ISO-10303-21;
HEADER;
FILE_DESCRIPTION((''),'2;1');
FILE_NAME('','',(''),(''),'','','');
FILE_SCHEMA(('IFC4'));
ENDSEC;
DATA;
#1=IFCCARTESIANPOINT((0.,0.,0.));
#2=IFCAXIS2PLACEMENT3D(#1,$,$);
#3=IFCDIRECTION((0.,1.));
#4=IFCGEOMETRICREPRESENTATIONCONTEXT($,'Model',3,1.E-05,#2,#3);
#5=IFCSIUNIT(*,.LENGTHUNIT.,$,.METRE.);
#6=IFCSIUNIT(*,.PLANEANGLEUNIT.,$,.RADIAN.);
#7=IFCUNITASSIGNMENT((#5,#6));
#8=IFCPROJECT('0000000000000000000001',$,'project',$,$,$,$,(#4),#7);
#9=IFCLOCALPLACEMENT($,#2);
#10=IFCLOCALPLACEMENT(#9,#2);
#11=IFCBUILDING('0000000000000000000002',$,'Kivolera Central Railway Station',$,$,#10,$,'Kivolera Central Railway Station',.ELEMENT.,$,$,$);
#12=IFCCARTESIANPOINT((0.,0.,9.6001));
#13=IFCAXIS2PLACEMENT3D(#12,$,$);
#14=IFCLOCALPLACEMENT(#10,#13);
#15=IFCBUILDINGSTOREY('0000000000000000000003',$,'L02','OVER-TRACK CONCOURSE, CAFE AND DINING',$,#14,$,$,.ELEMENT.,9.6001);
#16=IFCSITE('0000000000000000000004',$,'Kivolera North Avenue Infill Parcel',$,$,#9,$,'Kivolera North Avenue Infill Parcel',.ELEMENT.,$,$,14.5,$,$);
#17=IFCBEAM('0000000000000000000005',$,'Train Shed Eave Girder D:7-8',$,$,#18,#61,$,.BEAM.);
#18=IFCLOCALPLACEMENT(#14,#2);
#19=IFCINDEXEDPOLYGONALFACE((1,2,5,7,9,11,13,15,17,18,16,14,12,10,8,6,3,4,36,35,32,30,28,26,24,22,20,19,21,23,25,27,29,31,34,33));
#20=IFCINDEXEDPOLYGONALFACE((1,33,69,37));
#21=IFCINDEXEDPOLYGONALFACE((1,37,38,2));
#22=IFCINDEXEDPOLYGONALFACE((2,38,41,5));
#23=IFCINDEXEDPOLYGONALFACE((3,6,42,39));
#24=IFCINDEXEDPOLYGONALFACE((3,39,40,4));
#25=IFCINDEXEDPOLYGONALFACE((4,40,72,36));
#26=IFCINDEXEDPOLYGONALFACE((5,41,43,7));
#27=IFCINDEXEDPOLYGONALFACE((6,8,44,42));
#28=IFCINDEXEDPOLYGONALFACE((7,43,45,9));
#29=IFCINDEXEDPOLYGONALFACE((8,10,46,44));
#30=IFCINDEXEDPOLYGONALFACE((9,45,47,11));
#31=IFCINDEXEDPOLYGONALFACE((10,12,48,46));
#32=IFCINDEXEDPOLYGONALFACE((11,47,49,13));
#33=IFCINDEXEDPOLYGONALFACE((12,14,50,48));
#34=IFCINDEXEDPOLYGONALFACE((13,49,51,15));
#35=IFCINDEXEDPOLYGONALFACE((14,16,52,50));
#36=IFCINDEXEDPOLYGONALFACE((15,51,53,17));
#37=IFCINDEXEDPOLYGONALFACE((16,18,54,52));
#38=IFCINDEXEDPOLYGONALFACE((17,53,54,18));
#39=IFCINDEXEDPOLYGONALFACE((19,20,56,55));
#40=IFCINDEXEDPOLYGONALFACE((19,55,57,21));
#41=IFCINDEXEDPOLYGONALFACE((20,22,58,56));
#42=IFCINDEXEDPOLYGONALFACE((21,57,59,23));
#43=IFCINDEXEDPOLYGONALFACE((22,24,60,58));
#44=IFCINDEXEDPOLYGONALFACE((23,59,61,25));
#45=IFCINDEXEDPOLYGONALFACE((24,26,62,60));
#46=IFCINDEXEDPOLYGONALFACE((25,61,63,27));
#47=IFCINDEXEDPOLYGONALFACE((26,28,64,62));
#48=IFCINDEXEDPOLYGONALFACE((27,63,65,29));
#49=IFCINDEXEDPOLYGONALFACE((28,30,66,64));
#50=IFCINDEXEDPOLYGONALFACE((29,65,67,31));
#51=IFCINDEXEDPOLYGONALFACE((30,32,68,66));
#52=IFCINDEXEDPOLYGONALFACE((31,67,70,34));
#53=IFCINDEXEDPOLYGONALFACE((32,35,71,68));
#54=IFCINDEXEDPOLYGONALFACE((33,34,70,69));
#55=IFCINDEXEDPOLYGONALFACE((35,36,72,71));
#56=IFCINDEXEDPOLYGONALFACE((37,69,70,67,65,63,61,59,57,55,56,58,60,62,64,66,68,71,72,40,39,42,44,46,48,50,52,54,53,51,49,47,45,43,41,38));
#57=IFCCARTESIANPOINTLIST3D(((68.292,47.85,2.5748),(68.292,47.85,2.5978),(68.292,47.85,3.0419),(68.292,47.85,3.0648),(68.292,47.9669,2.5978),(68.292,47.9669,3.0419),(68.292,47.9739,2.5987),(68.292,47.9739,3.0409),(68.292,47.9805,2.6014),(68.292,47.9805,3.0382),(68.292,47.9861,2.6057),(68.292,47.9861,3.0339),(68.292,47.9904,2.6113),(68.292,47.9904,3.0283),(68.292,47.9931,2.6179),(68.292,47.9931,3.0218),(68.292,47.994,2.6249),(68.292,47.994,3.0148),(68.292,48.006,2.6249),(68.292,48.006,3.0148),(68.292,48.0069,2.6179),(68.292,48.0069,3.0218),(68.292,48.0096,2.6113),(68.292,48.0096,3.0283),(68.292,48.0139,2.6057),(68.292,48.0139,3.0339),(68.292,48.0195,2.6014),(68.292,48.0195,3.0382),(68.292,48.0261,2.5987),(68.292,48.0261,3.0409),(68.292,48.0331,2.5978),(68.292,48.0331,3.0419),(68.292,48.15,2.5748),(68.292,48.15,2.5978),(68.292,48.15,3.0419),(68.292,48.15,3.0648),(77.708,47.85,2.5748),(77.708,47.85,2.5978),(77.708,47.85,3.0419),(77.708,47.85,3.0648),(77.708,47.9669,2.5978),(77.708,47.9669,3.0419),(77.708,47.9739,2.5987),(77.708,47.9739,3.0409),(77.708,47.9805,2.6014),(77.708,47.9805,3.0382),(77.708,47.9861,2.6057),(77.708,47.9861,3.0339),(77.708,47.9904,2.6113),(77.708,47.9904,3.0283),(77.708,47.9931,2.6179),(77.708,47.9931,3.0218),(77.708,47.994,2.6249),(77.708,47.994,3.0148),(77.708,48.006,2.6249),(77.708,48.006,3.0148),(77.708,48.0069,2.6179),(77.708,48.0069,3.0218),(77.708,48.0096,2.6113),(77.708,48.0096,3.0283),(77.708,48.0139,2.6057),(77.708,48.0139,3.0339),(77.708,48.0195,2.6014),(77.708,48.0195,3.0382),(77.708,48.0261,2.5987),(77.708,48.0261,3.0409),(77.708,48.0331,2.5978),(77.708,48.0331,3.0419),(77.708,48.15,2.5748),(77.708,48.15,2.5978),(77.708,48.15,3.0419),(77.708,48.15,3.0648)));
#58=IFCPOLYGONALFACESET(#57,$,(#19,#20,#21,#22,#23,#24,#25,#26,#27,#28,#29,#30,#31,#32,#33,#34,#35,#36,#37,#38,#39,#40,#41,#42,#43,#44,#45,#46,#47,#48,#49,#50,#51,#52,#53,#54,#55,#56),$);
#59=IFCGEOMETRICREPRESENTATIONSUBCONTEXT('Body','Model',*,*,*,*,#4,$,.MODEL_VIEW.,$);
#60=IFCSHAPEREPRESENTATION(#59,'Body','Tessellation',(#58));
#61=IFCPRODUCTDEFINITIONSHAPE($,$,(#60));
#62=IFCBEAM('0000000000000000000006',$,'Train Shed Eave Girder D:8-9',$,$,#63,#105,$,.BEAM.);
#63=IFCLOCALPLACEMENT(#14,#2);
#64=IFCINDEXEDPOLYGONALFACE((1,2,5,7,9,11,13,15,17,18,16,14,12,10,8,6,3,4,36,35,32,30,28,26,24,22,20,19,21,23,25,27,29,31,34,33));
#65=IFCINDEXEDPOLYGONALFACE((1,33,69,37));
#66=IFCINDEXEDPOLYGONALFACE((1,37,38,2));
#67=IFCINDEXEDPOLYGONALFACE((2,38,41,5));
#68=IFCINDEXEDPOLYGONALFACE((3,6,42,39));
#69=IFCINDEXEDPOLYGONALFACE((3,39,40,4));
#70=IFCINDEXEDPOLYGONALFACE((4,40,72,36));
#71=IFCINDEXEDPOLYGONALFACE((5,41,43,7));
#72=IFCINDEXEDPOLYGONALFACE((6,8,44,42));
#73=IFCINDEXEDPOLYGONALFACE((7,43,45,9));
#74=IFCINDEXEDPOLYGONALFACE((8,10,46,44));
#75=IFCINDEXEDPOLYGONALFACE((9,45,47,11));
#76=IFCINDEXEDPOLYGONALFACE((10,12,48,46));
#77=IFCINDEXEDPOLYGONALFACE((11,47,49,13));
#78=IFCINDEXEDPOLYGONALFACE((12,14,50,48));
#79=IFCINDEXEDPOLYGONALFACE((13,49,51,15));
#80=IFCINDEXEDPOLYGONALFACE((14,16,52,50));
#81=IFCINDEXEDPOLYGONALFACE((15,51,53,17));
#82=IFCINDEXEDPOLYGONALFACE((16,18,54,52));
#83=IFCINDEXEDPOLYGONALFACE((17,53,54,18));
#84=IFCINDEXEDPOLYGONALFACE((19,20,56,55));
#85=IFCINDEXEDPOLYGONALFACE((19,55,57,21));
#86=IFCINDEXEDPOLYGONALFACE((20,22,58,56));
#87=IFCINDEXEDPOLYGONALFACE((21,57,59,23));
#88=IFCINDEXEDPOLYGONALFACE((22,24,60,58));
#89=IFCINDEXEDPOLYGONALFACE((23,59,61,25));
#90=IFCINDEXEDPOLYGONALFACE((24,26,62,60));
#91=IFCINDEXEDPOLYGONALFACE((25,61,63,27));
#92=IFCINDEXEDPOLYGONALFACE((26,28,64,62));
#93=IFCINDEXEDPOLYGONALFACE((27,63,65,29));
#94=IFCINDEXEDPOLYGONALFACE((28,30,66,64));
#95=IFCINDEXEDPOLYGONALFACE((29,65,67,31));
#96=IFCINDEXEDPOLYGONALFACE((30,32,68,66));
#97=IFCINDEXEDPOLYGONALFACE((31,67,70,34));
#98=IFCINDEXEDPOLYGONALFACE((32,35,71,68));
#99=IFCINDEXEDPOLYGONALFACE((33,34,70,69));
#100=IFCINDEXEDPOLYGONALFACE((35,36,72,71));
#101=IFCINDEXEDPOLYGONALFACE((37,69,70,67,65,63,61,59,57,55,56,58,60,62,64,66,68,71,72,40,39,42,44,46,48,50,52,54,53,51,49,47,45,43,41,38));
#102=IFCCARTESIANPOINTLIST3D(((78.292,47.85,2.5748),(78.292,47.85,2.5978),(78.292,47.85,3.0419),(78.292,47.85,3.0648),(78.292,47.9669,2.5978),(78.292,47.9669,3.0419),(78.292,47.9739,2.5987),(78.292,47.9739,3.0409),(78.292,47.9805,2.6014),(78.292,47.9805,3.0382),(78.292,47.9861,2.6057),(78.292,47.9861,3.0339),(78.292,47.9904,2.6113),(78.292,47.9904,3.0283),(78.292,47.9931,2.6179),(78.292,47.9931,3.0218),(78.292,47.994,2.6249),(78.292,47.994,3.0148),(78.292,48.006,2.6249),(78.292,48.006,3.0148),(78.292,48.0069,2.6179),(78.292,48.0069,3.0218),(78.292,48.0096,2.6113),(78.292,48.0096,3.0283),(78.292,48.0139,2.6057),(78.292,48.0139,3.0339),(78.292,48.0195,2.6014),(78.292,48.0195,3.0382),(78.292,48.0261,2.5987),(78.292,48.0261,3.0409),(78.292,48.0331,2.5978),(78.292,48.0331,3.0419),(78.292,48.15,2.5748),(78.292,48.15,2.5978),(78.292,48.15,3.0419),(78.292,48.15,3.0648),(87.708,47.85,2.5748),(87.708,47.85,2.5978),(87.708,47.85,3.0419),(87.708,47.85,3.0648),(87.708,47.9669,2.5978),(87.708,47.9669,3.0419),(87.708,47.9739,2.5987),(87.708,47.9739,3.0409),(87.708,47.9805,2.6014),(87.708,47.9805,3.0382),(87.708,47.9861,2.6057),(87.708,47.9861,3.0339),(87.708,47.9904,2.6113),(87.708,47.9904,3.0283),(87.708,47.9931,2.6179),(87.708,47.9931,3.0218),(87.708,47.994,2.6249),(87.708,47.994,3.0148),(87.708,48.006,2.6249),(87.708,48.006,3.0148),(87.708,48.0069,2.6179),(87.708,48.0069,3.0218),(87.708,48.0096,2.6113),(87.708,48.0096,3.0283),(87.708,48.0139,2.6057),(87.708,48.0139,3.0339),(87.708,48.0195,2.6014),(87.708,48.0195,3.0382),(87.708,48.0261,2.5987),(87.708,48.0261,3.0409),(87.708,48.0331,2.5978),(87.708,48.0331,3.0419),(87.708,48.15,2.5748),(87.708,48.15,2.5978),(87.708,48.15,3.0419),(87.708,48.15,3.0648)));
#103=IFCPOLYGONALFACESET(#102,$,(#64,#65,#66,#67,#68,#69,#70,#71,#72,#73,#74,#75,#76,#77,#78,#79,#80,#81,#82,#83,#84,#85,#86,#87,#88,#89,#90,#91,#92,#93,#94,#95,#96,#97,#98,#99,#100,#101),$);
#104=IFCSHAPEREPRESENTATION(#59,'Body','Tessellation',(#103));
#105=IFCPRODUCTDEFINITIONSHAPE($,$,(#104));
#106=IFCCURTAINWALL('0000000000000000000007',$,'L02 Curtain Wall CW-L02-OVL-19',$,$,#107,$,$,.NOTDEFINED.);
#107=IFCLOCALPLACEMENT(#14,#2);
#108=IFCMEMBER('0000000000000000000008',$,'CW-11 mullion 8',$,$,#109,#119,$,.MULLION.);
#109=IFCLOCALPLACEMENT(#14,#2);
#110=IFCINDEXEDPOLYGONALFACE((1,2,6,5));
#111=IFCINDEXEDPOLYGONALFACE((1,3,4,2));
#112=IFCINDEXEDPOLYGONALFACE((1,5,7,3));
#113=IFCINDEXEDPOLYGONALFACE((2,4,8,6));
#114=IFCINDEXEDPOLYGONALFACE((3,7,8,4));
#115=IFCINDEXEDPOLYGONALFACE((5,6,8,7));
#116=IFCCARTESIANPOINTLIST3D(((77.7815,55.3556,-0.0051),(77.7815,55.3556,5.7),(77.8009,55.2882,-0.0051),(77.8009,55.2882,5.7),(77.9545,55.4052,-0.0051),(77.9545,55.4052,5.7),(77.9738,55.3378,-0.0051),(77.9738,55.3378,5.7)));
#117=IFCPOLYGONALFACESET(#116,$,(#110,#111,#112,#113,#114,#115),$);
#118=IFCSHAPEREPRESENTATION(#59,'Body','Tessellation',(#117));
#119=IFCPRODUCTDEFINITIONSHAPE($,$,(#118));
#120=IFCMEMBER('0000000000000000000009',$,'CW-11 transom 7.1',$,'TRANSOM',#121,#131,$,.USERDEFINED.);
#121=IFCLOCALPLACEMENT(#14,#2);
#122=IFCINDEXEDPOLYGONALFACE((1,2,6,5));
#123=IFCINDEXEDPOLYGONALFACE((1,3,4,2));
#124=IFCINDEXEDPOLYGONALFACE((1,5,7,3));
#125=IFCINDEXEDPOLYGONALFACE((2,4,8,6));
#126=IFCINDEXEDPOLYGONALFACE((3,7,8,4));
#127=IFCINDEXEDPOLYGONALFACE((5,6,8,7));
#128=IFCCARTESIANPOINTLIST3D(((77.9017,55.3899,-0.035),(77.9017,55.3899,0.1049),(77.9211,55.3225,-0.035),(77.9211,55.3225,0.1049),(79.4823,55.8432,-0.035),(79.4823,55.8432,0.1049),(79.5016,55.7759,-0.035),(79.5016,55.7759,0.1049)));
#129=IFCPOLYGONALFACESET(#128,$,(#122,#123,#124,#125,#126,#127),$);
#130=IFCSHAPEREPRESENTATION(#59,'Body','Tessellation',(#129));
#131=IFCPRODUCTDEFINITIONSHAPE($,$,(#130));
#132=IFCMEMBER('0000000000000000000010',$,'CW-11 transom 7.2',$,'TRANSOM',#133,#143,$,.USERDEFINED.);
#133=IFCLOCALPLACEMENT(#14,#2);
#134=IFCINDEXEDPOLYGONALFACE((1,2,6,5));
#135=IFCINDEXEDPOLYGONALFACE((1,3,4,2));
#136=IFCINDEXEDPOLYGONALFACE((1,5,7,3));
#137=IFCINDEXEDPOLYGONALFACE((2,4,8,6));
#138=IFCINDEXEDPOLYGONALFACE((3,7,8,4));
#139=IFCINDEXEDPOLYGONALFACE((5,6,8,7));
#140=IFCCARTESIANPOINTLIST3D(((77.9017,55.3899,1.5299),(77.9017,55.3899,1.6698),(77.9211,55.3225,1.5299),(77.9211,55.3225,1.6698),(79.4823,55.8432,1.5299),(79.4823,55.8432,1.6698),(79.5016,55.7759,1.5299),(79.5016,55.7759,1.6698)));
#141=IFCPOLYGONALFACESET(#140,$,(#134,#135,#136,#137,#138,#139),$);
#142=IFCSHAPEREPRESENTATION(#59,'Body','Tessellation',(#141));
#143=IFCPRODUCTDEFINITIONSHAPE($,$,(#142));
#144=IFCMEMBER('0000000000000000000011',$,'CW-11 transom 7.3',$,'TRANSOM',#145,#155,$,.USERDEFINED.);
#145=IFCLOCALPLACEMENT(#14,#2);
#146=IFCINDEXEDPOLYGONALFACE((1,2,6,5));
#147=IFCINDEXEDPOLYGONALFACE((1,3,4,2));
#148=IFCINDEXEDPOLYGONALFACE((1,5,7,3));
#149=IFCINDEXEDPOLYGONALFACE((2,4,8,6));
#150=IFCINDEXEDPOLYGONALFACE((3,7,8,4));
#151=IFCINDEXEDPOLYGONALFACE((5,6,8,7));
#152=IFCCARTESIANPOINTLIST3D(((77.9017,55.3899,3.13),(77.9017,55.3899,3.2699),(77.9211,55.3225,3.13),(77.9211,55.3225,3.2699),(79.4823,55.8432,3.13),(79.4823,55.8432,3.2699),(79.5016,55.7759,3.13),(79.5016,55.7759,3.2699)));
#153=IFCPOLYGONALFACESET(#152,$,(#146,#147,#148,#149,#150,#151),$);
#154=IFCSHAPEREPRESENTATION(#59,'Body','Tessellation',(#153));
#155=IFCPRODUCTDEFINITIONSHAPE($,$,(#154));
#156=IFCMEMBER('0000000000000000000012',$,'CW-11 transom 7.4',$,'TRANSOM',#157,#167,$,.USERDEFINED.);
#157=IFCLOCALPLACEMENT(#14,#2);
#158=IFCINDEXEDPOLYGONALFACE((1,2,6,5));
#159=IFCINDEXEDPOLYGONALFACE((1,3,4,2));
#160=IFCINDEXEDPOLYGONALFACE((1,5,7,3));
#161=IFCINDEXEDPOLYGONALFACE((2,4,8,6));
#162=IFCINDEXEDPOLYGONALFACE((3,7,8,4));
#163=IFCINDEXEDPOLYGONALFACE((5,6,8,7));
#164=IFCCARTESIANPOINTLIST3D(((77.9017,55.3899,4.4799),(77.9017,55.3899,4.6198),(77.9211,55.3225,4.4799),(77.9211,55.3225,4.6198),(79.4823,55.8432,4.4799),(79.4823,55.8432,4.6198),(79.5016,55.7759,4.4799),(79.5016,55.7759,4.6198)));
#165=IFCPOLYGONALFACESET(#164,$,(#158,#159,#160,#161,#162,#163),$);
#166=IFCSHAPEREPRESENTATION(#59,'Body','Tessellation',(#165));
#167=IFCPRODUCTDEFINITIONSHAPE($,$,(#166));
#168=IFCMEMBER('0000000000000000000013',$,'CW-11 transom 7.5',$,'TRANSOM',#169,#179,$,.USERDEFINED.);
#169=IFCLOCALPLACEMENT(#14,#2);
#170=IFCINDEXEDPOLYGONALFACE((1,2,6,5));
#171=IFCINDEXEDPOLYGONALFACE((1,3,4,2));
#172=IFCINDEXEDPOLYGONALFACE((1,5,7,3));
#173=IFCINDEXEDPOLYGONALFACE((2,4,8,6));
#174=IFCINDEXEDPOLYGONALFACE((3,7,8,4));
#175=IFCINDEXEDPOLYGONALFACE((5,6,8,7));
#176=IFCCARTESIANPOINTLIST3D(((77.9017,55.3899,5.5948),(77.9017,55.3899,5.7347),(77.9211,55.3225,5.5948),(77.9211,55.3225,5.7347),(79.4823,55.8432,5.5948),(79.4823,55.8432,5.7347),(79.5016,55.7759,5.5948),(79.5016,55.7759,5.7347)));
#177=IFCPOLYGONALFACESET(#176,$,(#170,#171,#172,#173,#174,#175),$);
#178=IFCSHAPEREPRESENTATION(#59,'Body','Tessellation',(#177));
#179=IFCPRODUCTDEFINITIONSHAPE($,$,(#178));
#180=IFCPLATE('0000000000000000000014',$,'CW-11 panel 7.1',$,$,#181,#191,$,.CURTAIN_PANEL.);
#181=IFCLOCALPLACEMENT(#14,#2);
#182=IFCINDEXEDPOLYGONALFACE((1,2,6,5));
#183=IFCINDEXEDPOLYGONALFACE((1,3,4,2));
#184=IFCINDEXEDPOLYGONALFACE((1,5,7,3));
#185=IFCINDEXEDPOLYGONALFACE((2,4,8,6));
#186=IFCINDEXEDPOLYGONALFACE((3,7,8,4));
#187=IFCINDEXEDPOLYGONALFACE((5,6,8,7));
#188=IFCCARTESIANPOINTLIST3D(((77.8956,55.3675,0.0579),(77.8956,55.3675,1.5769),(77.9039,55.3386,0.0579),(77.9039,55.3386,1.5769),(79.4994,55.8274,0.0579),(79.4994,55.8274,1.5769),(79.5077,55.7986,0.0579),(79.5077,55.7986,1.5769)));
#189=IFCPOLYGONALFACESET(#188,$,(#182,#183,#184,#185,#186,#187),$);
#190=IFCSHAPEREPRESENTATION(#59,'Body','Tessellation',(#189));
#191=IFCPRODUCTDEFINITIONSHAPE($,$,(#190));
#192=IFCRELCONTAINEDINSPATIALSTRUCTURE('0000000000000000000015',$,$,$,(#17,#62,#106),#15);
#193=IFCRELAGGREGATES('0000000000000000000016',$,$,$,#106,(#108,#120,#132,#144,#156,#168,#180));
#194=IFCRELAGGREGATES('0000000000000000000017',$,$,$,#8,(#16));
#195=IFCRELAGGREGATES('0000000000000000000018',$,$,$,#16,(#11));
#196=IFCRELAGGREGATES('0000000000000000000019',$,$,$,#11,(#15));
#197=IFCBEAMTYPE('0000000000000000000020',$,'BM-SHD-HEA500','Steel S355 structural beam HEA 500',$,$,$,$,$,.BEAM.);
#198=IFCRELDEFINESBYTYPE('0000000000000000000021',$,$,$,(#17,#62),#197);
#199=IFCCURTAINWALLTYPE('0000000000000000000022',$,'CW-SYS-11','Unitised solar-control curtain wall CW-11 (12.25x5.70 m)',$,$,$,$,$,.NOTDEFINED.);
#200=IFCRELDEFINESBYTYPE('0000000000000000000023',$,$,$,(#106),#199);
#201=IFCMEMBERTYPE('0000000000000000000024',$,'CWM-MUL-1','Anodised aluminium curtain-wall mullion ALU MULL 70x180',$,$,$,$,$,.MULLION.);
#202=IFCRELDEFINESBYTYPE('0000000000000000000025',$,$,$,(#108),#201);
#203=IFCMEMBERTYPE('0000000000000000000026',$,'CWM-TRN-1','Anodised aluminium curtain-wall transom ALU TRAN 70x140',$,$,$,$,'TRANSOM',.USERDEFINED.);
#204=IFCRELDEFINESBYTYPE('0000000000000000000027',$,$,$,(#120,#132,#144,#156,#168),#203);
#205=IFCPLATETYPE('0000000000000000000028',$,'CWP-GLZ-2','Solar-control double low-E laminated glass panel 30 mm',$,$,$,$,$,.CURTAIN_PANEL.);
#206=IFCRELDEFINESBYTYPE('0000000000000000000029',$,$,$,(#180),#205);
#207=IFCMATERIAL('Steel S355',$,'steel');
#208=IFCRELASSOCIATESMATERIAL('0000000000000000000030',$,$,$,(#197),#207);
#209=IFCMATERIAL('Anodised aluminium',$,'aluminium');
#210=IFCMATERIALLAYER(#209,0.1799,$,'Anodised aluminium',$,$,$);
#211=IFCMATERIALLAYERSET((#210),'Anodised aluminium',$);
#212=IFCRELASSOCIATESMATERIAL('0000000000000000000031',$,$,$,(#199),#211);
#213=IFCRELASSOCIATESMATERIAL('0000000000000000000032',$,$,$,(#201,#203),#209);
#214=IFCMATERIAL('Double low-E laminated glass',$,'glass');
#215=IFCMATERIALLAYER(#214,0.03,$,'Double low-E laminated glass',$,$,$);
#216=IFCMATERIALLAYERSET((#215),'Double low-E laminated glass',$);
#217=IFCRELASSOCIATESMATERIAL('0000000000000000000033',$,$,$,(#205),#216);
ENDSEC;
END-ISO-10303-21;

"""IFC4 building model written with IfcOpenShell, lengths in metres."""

from ifc_helpers import new_model, si_unit, direction, frame, origin, origin_2d, place, context, subcontext, project, spatial, rectangle, i_section, extrude, material, layer, layer_set, material_profile, profile_set, type_object, element, aggregate, save


model = new_model("IFC4")

# Units and contexts
model_context = context("Model", 3, precision=1e-05, world=origin(), true_north=direction((0.0, 1.0)))
body_context = subcontext(model_context, "Body", "Model", "MODEL_VIEW")
ifc_project = project(units=[si_unit("LENGTHUNIT", "METRE"), si_unit("PLANEANGLEUNIT", "RADIAN")], contexts=[model_context])

# Site, building, storey
site_placement = place(None, origin())
site = spatial("IfcSite", under=ifc_project, at=site_placement, Name="Kivolera North Avenue Infill Parcel", LongName="Kivolera North Avenue Infill Parcel", CompositionType="ELEMENT", RefElevation=14.5)
building_placement = place(site_placement, origin())
building = spatial("IfcBuilding", under=site, at=building_placement, Name="Kivolera Central Railway Station", LongName="Kivolera Central Railway Station", CompositionType="ELEMENT")
storey_placement = place(building_placement, frame((0.0, 0.0, 9.6001)))
storey = spatial("IfcBuildingStorey", under=building, at=storey_placement, Name="L02", Description="OVER-TRACK CONCOURSE, CAFE AND DINING", CompositionType="ELEMENT", Elevation=9.6001)

# Shared definitions
ifc_material_1 = material(Name="Steel S355", Category="steel")

# Beams
ifc_material_profile_1 = material_profile(ifc_material_1, i_section(OverallWidth=0.3, OverallDepth=0.49, WebThickness=0.012, FlangeThickness=0.0229, FilletRadius=0.0271, at=origin_2d()), Name="HEA 500")
ifc_profile_set_1 = profile_set([ifc_material_profile_1], Name="Steel S355")
beam_type_1 = type_object("IfcBeamType", Name="BM-SHD-HEA500", Description="Steel S355 structural beam HEA 500", PredefinedType="BEAM", material=ifc_profile_set_1)
for number, where, z_axis, x_axis, name in (
    (1, (68.292, 48.0, 2.8198), (1.0, 0.0, 0.0), (0.0, 1.0, 0.0), "Train Shed Eave Girder D:7-8"),
    (2, (78.292, 48.0, 2.8198), (1.0, 0.0, 0.0), (0.0, 1.0, 0.0), "Train Shed Eave Girder D:8-9"),
):
    element("IfcBeam", number, at=place(storey_placement, frame(where, z_axis=z_axis, x_axis=x_axis)), inside=storey, type_object=beam_type_1, Name=name, PredefinedType="BEAM", context=body_context, shape_type="SweptSolid", body=[
        extrude(i_section(OverallWidth=0.3, OverallDepth=0.49, WebThickness=0.012, FlangeThickness=0.0229, FilletRadius=0.0271, at=origin_2d()), origin(), (0.0, 0.0, 1.0), 9.416),
    ])

# Curtain wall, members, plate
ifc_material_2 = material(Name="Anodised aluminium", Category="aluminium")
ifc_layer_1 = layer(ifc_material_2, 0.1799, Name="Anodised aluminium")
ifc_layer_set_1 = layer_set([ifc_layer_1], Name="Anodised aluminium")
curtain_wall_type = type_object("IfcCurtainWallType", Name="CW-SYS-11", Description="Unitised solar-control curtain wall CW-11 (12.25x5.70 m)", PredefinedType="NOTDEFINED", material=ifc_layer_set_1)
curtain_wall_placement = place(storey_placement, origin())
curtain_wall = element("IfcCurtainWall", 3, at=curtain_wall_placement, inside=storey, type_object=curtain_wall_type, Name="L02 Curtain Wall CW-L02-OVL-19", PredefinedType="NOTDEFINED")
ifc_material_profile_2 = material_profile(ifc_material_2, rectangle(XDim=0.0701, YDim=0.1799, at=origin_2d()), Name="ALU MULL 70x180")
ifc_profile_set_2 = profile_set([ifc_material_profile_2], Name="Anodised aluminium")
member_type_1 = type_object("IfcMemberType", Name="CWM-MUL-1", Description="Anodised aluminium curtain-wall mullion ALU MULL 70x180", PredefinedType="MULLION", material=ifc_profile_set_2)
member_1_placement = place(storey_placement, frame((77.8777, 55.3467, -0.0051), z_axis=(0.0, 0.0, 1.0), x_axis=(0.275692, -0.961246, 0.0)))
member_1 = element("IfcMember", 4, at=member_1_placement, type_object=member_type_1, Name="CW-11 mullion 8", PredefinedType="MULLION", context=body_context, shape_type="SweptSolid", body=[
    extrude(rectangle(XDim=0.0701, YDim=0.1799, at=origin_2d()), origin(), (0.0, 0.0, 1.0), 5.7051),
])
ifc_material_profile_3 = material_profile(ifc_material_2, rectangle(XDim=0.0701, YDim=0.1399, at=origin_2d()), Name="ALU TRAN 70x140")
ifc_profile_set_3 = profile_set([ifc_material_profile_3], Name="Anodised aluminium")
member_type_2 = type_object("IfcMemberType", Name="CWM-TRN-1", Description="Anodised aluminium curtain-wall transom ALU TRAN 70x140", ElementType="TRANSOM", PredefinedType="USERDEFINED", material=ifc_profile_set_3)
member_2_placement = place(storey_placement, frame((79.4919, 55.8096, 0.0349), z_axis=(-0.961238, -0.275721, 0.0), x_axis=(0.275721, -0.961238, 0.0)))
member_2 = element("IfcMember", 5, at=member_2_placement, type_object=member_type_2, Name="CW-11 transom 7.1", ObjectType="TRANSOM", PredefinedType="USERDEFINED", context=body_context, shape_type="SweptSolid", body=[
    extrude(rectangle(XDim=0.0701, YDim=0.1399, at=origin_2d()), origin(), (0.0, 0.0, 1.0), 1.6443),
])
member_3_placement = place(storey_placement, frame((79.4919, 55.8096, 1.5999), z_axis=(-0.961238, -0.275721, 0.0), x_axis=(0.275721, -0.961238, 0.0)))
member_3 = element("IfcMember", 6, at=member_3_placement, type_object=member_type_2, Name="CW-11 transom 7.2", ObjectType="TRANSOM", PredefinedType="USERDEFINED", context=body_context, shape_type="SweptSolid", body=[
    extrude(rectangle(XDim=0.0701, YDim=0.1399, at=origin_2d()), origin(), (0.0, 0.0, 1.0), 1.6443),
])
member_4_placement = place(storey_placement, frame((79.4919, 55.8096, 3.2), z_axis=(-0.961238, -0.275721, 0.0), x_axis=(0.275721, -0.961238, 0.0)))
member_4 = element("IfcMember", 7, at=member_4_placement, type_object=member_type_2, Name="CW-11 transom 7.3", ObjectType="TRANSOM", PredefinedType="USERDEFINED", context=body_context, shape_type="SweptSolid", body=[
    extrude(rectangle(XDim=0.0701, YDim=0.1399, at=origin_2d()), origin(), (0.0, 0.0, 1.0), 1.6443),
])
member_5_placement = place(storey_placement, frame((79.4919, 55.8096, 4.5498), z_axis=(-0.961238, -0.275721, 0.0), x_axis=(0.275721, -0.961238, 0.0)))
member_5 = element("IfcMember", 8, at=member_5_placement, type_object=member_type_2, Name="CW-11 transom 7.4", ObjectType="TRANSOM", PredefinedType="USERDEFINED", context=body_context, shape_type="SweptSolid", body=[
    extrude(rectangle(XDim=0.0701, YDim=0.1399, at=origin_2d()), origin(), (0.0, 0.0, 1.0), 1.6443),
])
member_6_placement = place(storey_placement, frame((79.4919, 55.8096, 5.6648), z_axis=(-0.961238, -0.275721, 0.0), x_axis=(0.275721, -0.961238, 0.0)))
member_6 = element("IfcMember", 9, at=member_6_placement, type_object=member_type_2, Name="CW-11 transom 7.5", ObjectType="TRANSOM", PredefinedType="USERDEFINED", context=body_context, shape_type="SweptSolid", body=[
    extrude(rectangle(XDim=0.0701, YDim=0.1399, at=origin_2d()), origin(), (0.0, 0.0, 1.0), 1.6443),
])
ifc_material_3 = material(Name="Double low-E laminated glass", Category="glass")
ifc_layer_2 = layer(ifc_material_3, 0.03, Name="Double low-E laminated glass")
ifc_layer_set_2 = layer_set([ifc_layer_2], Name="Double low-E laminated glass")
plate_type = type_object("IfcPlateType", Name="CWP-GLZ-2", Description="Solar-control double low-E laminated glass panel 30 mm", PredefinedType="CURTAIN_PANEL", material=ifc_layer_set_2)
plate_1_placement = place(storey_placement, frame((78.7017, 55.583, 0.0579), z_axis=(0.0, 0.0, 1.0), x_axis=(-0.961246, -0.275692, 0.0)))
plate_1 = element("IfcPlate", 10, at=plate_1_placement, type_object=plate_type, Name="CW-11 panel 7.1", PredefinedType="CURTAIN_PANEL", context=body_context, shape_type="SweptSolid", body=[
    extrude(rectangle(XDim=1.6685, YDim=0.03, at=origin_2d()), origin(), (0.0, 0.0, 1.0), 1.519),
])
aggregate(curtain_wall, [member_1, member_2, member_3, member_4, member_5, member_6, plate_1])

save(model, "model.ifc")
